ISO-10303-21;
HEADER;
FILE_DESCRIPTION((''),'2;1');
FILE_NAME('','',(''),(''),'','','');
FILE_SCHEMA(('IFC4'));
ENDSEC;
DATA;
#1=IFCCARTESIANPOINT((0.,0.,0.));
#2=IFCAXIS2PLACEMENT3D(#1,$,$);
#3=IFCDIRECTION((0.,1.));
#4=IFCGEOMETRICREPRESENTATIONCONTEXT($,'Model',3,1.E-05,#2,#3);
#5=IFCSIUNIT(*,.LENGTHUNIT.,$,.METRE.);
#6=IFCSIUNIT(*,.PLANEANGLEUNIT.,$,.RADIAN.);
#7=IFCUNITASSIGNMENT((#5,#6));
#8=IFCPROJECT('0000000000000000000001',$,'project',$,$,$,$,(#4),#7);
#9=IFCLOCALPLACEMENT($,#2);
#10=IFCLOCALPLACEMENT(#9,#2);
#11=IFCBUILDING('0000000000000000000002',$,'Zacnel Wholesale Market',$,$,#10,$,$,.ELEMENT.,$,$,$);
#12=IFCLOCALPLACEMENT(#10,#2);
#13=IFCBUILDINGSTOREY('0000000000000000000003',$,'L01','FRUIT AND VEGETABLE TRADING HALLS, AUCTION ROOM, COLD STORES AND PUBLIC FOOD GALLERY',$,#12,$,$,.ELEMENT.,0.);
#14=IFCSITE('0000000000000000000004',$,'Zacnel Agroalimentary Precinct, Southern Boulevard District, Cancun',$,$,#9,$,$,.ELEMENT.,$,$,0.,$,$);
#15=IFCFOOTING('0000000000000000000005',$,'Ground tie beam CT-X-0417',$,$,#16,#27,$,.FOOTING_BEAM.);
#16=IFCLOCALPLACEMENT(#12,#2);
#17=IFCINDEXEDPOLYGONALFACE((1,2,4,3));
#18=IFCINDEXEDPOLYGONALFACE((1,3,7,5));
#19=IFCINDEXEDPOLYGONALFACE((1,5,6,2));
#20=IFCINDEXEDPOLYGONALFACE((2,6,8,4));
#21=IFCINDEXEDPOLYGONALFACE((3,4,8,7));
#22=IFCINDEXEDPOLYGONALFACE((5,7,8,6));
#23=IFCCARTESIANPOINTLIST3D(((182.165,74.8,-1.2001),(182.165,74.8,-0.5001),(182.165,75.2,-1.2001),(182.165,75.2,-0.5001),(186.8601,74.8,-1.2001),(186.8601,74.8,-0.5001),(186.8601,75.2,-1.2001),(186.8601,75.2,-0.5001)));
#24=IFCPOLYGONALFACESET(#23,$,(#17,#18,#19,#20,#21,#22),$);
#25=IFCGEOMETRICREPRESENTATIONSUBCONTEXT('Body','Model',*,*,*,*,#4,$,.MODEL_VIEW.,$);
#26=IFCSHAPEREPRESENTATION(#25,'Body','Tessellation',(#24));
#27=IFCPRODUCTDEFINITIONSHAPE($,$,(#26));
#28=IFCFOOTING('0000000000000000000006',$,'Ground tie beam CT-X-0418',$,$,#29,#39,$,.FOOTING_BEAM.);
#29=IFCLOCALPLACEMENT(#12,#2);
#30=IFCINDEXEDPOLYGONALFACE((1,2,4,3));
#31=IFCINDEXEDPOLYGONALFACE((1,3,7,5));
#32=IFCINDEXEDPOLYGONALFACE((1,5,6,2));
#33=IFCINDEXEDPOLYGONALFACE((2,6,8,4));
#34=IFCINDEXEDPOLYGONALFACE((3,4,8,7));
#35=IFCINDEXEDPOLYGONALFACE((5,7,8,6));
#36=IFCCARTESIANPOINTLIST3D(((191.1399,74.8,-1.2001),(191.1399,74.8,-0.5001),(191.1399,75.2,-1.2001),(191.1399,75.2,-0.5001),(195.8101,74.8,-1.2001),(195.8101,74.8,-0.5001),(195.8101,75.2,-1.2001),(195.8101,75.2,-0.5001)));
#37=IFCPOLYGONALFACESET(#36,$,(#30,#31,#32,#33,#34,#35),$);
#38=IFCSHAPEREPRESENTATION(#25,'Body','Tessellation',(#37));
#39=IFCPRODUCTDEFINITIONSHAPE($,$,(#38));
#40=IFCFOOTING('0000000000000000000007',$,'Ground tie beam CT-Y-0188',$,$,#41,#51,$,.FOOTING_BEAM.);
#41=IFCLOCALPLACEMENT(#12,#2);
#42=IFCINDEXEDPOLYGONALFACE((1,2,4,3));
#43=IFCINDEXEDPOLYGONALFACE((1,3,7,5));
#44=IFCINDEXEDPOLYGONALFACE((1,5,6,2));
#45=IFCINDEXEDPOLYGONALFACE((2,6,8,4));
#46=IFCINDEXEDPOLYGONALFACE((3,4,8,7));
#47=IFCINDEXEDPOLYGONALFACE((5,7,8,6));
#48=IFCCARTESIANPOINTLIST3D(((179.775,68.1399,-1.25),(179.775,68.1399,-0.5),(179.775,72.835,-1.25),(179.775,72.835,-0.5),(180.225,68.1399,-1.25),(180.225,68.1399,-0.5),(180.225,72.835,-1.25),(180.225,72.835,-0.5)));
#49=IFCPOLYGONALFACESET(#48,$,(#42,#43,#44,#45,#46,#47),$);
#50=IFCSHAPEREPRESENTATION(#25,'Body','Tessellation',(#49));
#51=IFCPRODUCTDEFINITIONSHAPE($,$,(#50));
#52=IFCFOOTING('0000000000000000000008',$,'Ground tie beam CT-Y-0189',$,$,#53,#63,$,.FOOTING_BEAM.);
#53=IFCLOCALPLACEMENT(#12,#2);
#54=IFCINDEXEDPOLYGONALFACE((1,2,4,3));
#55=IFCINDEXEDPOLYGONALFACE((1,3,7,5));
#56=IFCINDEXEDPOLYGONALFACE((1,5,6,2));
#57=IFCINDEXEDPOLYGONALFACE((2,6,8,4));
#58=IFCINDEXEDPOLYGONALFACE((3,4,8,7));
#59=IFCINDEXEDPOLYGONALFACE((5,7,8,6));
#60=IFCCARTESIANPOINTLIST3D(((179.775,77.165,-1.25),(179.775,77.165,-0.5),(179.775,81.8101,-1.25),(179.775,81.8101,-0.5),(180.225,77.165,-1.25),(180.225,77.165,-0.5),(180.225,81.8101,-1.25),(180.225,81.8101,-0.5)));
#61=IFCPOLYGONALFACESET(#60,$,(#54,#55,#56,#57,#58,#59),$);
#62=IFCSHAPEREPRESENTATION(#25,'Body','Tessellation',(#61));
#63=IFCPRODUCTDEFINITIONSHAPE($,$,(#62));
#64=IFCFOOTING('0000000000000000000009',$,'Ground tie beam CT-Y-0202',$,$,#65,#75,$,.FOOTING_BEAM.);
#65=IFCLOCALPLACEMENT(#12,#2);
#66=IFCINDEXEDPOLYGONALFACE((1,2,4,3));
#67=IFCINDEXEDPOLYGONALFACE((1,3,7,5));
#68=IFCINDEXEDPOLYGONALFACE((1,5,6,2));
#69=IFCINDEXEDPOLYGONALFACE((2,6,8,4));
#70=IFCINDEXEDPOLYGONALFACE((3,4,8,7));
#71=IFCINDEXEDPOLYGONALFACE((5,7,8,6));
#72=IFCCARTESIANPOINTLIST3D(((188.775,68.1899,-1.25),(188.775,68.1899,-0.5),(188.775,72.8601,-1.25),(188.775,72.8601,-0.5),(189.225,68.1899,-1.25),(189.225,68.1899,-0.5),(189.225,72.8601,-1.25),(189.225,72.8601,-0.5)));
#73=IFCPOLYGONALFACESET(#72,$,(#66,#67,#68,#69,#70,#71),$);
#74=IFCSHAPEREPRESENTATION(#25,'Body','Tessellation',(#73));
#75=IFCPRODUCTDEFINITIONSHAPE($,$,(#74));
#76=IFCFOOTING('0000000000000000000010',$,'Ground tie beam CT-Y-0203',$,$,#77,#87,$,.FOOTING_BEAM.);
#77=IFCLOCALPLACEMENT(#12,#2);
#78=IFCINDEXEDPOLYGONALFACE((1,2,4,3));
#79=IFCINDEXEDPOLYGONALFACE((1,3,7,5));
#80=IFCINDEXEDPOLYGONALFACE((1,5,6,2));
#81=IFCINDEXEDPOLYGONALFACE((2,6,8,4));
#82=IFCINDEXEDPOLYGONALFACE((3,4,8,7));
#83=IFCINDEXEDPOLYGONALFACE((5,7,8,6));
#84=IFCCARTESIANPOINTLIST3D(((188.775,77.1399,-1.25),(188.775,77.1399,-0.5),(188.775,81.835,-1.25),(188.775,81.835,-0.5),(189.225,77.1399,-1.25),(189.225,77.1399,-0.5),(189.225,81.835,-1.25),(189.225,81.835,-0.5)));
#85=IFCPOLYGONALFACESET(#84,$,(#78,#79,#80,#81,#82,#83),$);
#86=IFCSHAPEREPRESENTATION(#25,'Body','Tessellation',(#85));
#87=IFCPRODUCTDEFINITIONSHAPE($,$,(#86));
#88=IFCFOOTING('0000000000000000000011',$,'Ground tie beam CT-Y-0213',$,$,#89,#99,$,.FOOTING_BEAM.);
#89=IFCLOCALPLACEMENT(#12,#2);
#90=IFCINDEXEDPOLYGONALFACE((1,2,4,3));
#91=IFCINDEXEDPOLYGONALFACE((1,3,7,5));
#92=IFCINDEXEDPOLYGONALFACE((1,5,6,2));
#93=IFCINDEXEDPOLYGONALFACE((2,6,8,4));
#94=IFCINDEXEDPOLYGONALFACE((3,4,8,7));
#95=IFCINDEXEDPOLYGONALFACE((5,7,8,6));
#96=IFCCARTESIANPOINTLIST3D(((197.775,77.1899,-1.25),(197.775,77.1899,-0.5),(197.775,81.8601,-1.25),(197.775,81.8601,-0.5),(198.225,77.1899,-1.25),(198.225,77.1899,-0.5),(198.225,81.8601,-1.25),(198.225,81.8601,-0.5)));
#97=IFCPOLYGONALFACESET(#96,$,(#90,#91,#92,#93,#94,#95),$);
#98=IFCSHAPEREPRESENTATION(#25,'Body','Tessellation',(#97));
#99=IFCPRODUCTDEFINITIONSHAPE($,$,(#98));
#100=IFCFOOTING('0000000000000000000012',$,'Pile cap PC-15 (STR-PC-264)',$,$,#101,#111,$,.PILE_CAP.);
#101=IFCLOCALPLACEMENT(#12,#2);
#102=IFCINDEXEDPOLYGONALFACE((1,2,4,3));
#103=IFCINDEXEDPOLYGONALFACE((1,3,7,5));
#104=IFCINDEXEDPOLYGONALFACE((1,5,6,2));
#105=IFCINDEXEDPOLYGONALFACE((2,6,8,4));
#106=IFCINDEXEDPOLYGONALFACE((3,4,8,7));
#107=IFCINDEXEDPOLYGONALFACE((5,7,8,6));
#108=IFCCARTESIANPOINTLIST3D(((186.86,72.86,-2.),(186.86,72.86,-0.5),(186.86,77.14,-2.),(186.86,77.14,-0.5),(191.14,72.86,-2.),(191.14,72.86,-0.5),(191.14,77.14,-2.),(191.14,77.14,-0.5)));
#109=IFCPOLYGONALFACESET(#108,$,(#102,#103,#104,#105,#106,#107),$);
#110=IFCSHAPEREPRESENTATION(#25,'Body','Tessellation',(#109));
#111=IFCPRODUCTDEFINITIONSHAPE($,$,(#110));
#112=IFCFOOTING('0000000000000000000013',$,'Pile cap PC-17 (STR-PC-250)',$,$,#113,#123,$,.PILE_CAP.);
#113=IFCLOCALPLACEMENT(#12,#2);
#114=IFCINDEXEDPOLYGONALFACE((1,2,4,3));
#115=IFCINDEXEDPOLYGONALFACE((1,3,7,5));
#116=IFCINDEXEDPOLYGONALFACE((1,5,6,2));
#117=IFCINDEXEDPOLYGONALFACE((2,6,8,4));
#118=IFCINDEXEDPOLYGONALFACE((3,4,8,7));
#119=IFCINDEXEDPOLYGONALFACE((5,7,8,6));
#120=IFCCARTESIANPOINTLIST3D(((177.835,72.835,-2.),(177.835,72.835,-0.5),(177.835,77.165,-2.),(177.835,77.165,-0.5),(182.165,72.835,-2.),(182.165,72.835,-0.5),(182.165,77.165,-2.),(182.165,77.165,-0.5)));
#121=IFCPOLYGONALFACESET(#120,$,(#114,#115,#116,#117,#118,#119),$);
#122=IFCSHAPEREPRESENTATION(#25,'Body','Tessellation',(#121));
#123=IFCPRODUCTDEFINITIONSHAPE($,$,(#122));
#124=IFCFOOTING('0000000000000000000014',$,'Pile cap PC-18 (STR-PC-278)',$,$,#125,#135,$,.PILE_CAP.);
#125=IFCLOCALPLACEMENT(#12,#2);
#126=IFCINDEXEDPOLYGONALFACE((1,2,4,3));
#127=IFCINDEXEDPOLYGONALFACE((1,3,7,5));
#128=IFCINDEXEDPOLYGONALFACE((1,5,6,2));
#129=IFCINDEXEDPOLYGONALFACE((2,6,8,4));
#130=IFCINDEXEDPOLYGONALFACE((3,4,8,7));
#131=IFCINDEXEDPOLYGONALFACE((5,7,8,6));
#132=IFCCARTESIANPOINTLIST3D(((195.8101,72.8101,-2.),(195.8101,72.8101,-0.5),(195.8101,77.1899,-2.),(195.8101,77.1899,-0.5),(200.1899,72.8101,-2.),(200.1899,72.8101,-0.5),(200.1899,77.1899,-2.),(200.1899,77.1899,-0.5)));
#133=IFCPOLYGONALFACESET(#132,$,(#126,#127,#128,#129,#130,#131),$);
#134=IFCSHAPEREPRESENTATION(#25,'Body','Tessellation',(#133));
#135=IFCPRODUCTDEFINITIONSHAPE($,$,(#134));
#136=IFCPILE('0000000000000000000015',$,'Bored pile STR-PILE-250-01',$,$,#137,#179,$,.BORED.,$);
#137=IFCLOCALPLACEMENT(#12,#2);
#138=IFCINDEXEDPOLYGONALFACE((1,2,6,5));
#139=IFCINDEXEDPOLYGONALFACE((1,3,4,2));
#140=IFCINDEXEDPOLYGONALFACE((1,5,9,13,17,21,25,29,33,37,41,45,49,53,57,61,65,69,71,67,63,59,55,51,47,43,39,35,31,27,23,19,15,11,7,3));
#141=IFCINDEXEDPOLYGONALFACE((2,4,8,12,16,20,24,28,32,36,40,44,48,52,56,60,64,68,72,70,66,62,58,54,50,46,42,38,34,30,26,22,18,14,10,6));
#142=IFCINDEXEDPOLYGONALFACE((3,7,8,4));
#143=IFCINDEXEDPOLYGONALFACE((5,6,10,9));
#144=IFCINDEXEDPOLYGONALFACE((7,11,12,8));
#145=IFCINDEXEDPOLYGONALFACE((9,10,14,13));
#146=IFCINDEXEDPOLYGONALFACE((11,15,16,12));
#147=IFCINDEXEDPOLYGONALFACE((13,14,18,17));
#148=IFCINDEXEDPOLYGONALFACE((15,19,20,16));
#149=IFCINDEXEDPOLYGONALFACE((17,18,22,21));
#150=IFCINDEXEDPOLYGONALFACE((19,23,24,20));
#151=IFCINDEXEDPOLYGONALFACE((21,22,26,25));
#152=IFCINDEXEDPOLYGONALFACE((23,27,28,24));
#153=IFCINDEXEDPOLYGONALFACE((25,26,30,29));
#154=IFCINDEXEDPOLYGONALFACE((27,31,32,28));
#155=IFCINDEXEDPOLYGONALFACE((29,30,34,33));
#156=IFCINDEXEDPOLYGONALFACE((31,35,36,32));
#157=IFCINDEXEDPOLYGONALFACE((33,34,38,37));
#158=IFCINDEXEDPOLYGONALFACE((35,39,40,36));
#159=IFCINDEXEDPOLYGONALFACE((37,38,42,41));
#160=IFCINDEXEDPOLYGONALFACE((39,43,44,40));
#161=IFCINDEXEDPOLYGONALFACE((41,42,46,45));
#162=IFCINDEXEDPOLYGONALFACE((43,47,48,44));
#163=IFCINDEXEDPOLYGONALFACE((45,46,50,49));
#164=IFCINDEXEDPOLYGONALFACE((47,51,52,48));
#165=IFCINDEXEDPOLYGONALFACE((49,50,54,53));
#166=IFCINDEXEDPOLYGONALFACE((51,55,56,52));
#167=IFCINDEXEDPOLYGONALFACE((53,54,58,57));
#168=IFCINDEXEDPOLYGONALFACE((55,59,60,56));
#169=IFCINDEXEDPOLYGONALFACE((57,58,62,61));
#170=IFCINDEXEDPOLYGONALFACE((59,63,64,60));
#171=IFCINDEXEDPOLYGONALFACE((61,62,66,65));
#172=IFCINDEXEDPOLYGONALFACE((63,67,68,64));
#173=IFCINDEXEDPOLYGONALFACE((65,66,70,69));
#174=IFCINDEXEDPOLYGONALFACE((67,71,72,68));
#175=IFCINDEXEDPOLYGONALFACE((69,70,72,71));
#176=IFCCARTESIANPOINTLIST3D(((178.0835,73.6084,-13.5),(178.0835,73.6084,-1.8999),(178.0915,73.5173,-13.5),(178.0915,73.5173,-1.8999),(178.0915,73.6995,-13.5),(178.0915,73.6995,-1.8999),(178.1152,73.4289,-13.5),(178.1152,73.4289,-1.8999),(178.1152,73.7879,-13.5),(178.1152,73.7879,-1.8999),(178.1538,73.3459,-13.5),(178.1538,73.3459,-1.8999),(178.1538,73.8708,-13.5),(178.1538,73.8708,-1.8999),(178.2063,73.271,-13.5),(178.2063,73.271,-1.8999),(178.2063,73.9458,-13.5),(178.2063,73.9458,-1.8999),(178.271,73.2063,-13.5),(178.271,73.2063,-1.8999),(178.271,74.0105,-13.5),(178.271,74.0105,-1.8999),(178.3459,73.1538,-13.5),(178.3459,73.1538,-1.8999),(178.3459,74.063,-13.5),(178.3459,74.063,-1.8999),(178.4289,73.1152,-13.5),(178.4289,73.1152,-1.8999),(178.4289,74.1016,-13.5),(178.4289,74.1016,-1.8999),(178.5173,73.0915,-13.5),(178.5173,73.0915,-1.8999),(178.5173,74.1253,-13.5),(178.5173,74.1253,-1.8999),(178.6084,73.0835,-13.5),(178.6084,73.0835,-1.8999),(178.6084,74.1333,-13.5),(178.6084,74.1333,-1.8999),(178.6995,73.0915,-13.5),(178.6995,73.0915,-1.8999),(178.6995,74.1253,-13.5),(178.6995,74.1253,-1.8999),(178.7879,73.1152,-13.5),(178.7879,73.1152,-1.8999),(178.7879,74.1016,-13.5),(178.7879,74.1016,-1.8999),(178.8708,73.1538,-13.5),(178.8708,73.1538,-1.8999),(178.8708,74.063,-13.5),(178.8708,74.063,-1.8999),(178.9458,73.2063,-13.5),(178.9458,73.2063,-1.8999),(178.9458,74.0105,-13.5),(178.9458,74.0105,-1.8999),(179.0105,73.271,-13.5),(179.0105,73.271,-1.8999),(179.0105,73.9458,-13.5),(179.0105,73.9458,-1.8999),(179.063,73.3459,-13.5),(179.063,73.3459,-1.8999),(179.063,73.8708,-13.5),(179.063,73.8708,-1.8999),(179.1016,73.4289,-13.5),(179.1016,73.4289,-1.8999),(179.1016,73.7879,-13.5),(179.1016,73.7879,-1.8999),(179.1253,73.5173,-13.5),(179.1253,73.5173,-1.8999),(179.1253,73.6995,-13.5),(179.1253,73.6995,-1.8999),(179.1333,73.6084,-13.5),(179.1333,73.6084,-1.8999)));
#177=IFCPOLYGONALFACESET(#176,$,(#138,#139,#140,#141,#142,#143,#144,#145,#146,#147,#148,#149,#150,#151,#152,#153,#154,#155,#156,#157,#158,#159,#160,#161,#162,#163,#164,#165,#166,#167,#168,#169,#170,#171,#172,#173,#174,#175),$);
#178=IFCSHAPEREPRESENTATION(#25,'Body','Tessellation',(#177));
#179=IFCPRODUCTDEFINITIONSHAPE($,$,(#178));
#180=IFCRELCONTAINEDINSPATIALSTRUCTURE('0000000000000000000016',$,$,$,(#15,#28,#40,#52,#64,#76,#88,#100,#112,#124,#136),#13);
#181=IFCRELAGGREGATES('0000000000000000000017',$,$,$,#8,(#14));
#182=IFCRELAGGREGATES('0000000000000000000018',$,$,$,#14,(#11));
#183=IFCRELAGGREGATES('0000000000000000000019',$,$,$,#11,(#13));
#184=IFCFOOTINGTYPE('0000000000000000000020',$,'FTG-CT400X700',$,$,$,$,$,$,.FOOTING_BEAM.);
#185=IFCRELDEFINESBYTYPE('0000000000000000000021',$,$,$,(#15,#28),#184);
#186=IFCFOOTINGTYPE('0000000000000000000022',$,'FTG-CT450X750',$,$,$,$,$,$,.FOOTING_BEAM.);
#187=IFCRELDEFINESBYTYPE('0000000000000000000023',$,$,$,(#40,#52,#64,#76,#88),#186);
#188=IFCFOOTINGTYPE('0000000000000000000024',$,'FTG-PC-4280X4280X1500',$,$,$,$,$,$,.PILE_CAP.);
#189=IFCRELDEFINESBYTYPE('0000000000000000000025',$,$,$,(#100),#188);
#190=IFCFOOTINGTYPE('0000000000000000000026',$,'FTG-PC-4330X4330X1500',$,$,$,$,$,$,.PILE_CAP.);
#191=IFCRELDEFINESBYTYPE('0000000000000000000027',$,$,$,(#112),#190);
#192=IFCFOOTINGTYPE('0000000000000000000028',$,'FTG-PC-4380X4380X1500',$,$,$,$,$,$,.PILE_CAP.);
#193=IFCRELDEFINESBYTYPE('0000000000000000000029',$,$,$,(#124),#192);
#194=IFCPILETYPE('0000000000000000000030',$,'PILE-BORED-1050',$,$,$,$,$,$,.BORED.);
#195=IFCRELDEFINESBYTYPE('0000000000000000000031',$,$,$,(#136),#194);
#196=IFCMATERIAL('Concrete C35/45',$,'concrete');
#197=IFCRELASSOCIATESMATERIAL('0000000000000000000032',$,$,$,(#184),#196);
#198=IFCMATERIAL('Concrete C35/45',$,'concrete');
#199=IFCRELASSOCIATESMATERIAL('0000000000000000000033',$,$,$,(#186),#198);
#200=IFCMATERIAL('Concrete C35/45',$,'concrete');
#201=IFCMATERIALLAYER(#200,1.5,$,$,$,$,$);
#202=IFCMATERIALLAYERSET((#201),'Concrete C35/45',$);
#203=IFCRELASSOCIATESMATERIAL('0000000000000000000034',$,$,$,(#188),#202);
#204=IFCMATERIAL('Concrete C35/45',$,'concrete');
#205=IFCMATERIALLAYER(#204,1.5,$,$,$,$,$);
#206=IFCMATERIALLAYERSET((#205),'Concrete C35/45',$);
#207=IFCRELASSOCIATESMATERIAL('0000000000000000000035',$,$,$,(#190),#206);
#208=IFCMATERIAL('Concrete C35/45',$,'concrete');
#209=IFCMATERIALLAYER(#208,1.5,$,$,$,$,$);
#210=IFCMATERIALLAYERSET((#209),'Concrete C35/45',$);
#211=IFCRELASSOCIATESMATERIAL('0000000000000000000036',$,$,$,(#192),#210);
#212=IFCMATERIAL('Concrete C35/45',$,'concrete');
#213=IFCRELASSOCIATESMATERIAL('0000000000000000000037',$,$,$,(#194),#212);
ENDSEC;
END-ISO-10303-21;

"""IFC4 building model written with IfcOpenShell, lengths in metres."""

from ifc_helpers import new_model, si_unit, direction, frame, origin, origin_2d, place, context, subcontext, project, spatial, rectangle, circle, extrude, material, layer, layer_set, material_profile, profile_set, type_object, element, save


model = new_model("IFC4")

# Units and contexts
model_context = context("Model", 3, precision=1e-05, world=origin(), true_north=direction((0.0, 1.0)))
body_context = subcontext(model_context, "Body", "Model", "MODEL_VIEW")
ifc_project = project(units=[si_unit("LENGTHUNIT", "METRE"), si_unit("PLANEANGLEUNIT", "RADIAN")], contexts=[model_context])

# Site, building, storey
site_placement = place(None, origin())
site = spatial("IfcSite", under=ifc_project, at=site_placement, Name="Zacnel Agroalimentary Precinct, Southern Boulevard District, Cancun", CompositionType="ELEMENT", RefElevation=0.0)
building_placement = place(site_placement, origin())
building = spatial("IfcBuilding", under=site, at=building_placement, Name="Zacnel Wholesale Market", CompositionType="ELEMENT")
storey_placement = place(building_placement, origin())
storey = spatial("IfcBuildingStorey", under=building, at=storey_placement, Name="L01", Description="FRUIT AND VEGETABLE TRADING HALLS, AUCTION ROOM, COLD STORES AND PUBLIC FOOD GALLERY", CompositionType="ELEMENT", Elevation=0.0)

# Footings
ifc_material_1 = material(Name="Concrete C35/45", Category="concrete")
ifc_material_profile_1 = material_profile(ifc_material_1, rectangle(XDim=0.3999, YDim=0.7, at=origin_2d()), Name="CT 400x700")
ifc_profile_set_1 = profile_set([ifc_material_profile_1], Name="Concrete C35/45")
footing_type_1 = type_object("IfcFootingType", Name="FTG-CT400X700", PredefinedType="FOOTING_BEAM", material=ifc_profile_set_1)
footing_1_placement = place(storey_placement, frame((182.165, 75.0, -0.8501), z_axis=(1.0, 0.0, 0.0), x_axis=(0.0, 1.0, 0.0)))
element("IfcFooting", 1, at=footing_1_placement, inside=storey, type_object=footing_type_1, Name="Ground tie beam CT-X-0417", PredefinedType="FOOTING_BEAM", context=body_context, shape_type="SweptSolid", body=[
    extrude(rectangle(XDim=0.3999, YDim=0.7, at=origin_2d()), origin(), (0.0, 0.0, 1.0), 4.6951),
])
footing_2_placement = place(storey_placement, frame((191.1399, 75.0, -0.8501), z_axis=(1.0, 0.0, 0.0), x_axis=(0.0, 1.0, 0.0)))
element("IfcFooting", 2, at=footing_2_placement, inside=storey, type_object=footing_type_1, Name="Ground tie beam CT-X-0418", PredefinedType="FOOTING_BEAM", context=body_context, shape_type="SweptSolid", body=[
    extrude(rectangle(XDim=0.3999, YDim=0.7, at=origin_2d()), origin(), (0.0, 0.0, 1.0), 4.6702),
])
ifc_material_2 = material(Name="Concrete C35/45", Category="concrete")
ifc_material_profile_2 = material_profile(ifc_material_2, rectangle(XDim=0.45, YDim=0.75, at=origin_2d()), Name="CT 450x750")
ifc_profile_set_2 = profile_set([ifc_material_profile_2], Name="Concrete C35/45")
footing_type_2 = type_object("IfcFootingType", Name="FTG-CT450X750", PredefinedType="FOOTING_BEAM", material=ifc_profile_set_2)
footing_3_placement = place(storey_placement, frame((180.0, 68.1399, -0.875), z_axis=(0.0, 1.0, 0.0), x_axis=(-1.0, 0.0, 0.0)))
element("IfcFooting", 3, at=footing_3_placement, inside=storey, type_object=footing_type_2, Name="Ground tie beam CT-Y-0188", PredefinedType="FOOTING_BEAM", context=body_context, shape_type="SweptSolid", body=[
    extrude(rectangle(XDim=0.45, YDim=0.75, at=origin_2d()), origin(), (0.0, 0.0, 1.0), 4.6951),
])
footing_4_placement = place(storey_placement, frame((180.0, 77.165, -0.875), z_axis=(0.0, 1.0, 0.0), x_axis=(-1.0, 0.0, 0.0)))
element("IfcFooting", 4, at=footing_4_placement, inside=storey, type_object=footing_type_2, Name="Ground tie beam CT-Y-0189", PredefinedType="FOOTING_BEAM", context=body_context, shape_type="SweptSolid", body=[
    extrude(rectangle(XDim=0.45, YDim=0.75, at=origin_2d()), origin(), (0.0, 0.0, 1.0), 4.645),
])
footing_5_placement = place(storey_placement, frame((189.0, 68.1899, -0.875), z_axis=(0.0, 1.0, 0.0), x_axis=(-1.0, 0.0, 0.0)))
element("IfcFooting", 5, at=footing_5_placement, inside=storey, type_object=footing_type_2, Name="Ground tie beam CT-Y-0202", PredefinedType="FOOTING_BEAM", context=body_context, shape_type="SweptSolid", body=[
    extrude(rectangle(XDim=0.45, YDim=0.75, at=origin_2d()), origin(), (0.0, 0.0, 1.0), 4.6702),
])
footing_6_placement = place(storey_placement, frame((189.0, 77.1399, -0.875), z_axis=(0.0, 1.0, 0.0), x_axis=(-1.0, 0.0, 0.0)))
element("IfcFooting", 6, at=footing_6_placement, inside=storey, type_object=footing_type_2, Name="Ground tie beam CT-Y-0203", PredefinedType="FOOTING_BEAM", context=body_context, shape_type="SweptSolid", body=[
    extrude(rectangle(XDim=0.45, YDim=0.75, at=origin_2d()), origin(), (0.0, 0.0, 1.0), 4.6951),
])
footing_7_placement = place(storey_placement, frame((198.0, 77.1899, -0.875), z_axis=(0.0, 1.0, 0.0), x_axis=(-1.0, 0.0, 0.0)))
element("IfcFooting", 7, at=footing_7_placement, inside=storey, type_object=footing_type_2, Name="Ground tie beam CT-Y-0213", PredefinedType="FOOTING_BEAM", context=body_context, shape_type="SweptSolid", body=[
    extrude(rectangle(XDim=0.45, YDim=0.75, at=origin_2d()), origin(), (0.0, 0.0, 1.0), 4.6702),
])
ifc_material_3 = material(Name="Concrete C35/45", Category="concrete")
ifc_layer_1 = layer(ifc_material_3, 1.5)
ifc_layer_set_1 = layer_set([ifc_layer_1], Name="Concrete C35/45")
footing_type_3 = type_object("IfcFootingType", Name="FTG-PC-4280X4280X1500", PredefinedType="PILE_CAP", material=ifc_layer_set_1)
footing_8_placement = place(storey_placement, frame((189.0, 75.0, -2.0), z_axis=(0.0, 0.0, 1.0), x_axis=(1.0, 0.0, 0.0)))
element("IfcFooting", 8, at=footing_8_placement, inside=storey, type_object=footing_type_3, Name="Pile cap PC-15 (STR-PC-264)", PredefinedType="PILE_CAP", context=body_context, shape_type="SweptSolid", body=[
    extrude(rectangle(XDim=4.28, YDim=4.28, at=origin_2d()), origin(), (0.0, 0.0, 1.0), 1.5),
])
ifc_material_4 = material(Name="Concrete C35/45", Category="concrete")
ifc_layer_2 = layer(ifc_material_4, 1.5)
ifc_layer_set_2 = layer_set([ifc_layer_2], Name="Concrete C35/45")
footing_type_4 = type_object("IfcFootingType", Name="FTG-PC-4330X4330X1500", PredefinedType="PILE_CAP", material=ifc_layer_set_2)
footing_9_placement = place(storey_placement, frame((180.0, 75.0, -2.0), z_axis=(0.0, 0.0, 1.0), x_axis=(1.0, 0.0, 0.0)))
element("IfcFooting", 9, at=footing_9_placement, inside=storey, type_object=footing_type_4, Name="Pile cap PC-17 (STR-PC-250)", PredefinedType="PILE_CAP", context=body_context, shape_type="SweptSolid", body=[
    extrude(rectangle(XDim=4.3301, YDim=4.3301, at=origin_2d()), origin(), (0.0, 0.0, 1.0), 1.5),
])
ifc_material_5 = material(Name="Concrete C35/45", Category="concrete")
ifc_layer_3 = layer(ifc_material_5, 1.5)
ifc_layer_set_3 = layer_set([ifc_layer_3], Name="Concrete C35/45")
footing_type_5 = type_object("IfcFootingType", Name="FTG-PC-4380X4380X1500", PredefinedType="PILE_CAP", material=ifc_layer_set_3)
footing_10_placement = place(storey_placement, frame((198.0, 75.0, -2.0), z_axis=(0.0, 0.0, 1.0), x_axis=(1.0, 0.0, 0.0)))
element("IfcFooting", 10, at=footing_10_placement, inside=storey, type_object=footing_type_5, Name="Pile cap PC-18 (STR-PC-278)", PredefinedType="PILE_CAP", context=body_context, shape_type="SweptSolid", body=[
    extrude(rectangle(XDim=4.3799, YDim=4.3799, at=origin_2d()), origin(), (0.0, 0.0, 1.0), 1.5),
])

# Pile
ifc_material_6 = material(Name="Concrete C35/45", Category="concrete")
ifc_material_profile_3 = material_profile(ifc_material_6, circle(Radius=0.5249, at=origin_2d()), Name="BORED PILE D1050")
ifc_profile_set_3 = profile_set([ifc_material_profile_3], Name="Concrete C35/45")
pile_type = type_object("IfcPileType", Name="PILE-BORED-1050", PredefinedType="BORED", material=ifc_profile_set_3)
for number, where, z_axis, x_axis, name in (
    (11, (178.6084, 73.6084, -1.8999), (0.0, 0.0, -1.0), (1.0, 0.0, 0.0), "Bored pile STR-PILE-250-01"),
):
    element("IfcPile", number, at=place(storey_placement, frame(where, z_axis=z_axis, x_axis=x_axis)), inside=storey, type_object=pile_type, Name=name, PredefinedType="BORED", context=body_context, shape_type="SweptSolid", body=[
        extrude(circle(Radius=0.5249, at=origin_2d()), origin(), (0.0, 0.0, 1.0), 11.6001),
    ])

save(model, "model.ifc")
